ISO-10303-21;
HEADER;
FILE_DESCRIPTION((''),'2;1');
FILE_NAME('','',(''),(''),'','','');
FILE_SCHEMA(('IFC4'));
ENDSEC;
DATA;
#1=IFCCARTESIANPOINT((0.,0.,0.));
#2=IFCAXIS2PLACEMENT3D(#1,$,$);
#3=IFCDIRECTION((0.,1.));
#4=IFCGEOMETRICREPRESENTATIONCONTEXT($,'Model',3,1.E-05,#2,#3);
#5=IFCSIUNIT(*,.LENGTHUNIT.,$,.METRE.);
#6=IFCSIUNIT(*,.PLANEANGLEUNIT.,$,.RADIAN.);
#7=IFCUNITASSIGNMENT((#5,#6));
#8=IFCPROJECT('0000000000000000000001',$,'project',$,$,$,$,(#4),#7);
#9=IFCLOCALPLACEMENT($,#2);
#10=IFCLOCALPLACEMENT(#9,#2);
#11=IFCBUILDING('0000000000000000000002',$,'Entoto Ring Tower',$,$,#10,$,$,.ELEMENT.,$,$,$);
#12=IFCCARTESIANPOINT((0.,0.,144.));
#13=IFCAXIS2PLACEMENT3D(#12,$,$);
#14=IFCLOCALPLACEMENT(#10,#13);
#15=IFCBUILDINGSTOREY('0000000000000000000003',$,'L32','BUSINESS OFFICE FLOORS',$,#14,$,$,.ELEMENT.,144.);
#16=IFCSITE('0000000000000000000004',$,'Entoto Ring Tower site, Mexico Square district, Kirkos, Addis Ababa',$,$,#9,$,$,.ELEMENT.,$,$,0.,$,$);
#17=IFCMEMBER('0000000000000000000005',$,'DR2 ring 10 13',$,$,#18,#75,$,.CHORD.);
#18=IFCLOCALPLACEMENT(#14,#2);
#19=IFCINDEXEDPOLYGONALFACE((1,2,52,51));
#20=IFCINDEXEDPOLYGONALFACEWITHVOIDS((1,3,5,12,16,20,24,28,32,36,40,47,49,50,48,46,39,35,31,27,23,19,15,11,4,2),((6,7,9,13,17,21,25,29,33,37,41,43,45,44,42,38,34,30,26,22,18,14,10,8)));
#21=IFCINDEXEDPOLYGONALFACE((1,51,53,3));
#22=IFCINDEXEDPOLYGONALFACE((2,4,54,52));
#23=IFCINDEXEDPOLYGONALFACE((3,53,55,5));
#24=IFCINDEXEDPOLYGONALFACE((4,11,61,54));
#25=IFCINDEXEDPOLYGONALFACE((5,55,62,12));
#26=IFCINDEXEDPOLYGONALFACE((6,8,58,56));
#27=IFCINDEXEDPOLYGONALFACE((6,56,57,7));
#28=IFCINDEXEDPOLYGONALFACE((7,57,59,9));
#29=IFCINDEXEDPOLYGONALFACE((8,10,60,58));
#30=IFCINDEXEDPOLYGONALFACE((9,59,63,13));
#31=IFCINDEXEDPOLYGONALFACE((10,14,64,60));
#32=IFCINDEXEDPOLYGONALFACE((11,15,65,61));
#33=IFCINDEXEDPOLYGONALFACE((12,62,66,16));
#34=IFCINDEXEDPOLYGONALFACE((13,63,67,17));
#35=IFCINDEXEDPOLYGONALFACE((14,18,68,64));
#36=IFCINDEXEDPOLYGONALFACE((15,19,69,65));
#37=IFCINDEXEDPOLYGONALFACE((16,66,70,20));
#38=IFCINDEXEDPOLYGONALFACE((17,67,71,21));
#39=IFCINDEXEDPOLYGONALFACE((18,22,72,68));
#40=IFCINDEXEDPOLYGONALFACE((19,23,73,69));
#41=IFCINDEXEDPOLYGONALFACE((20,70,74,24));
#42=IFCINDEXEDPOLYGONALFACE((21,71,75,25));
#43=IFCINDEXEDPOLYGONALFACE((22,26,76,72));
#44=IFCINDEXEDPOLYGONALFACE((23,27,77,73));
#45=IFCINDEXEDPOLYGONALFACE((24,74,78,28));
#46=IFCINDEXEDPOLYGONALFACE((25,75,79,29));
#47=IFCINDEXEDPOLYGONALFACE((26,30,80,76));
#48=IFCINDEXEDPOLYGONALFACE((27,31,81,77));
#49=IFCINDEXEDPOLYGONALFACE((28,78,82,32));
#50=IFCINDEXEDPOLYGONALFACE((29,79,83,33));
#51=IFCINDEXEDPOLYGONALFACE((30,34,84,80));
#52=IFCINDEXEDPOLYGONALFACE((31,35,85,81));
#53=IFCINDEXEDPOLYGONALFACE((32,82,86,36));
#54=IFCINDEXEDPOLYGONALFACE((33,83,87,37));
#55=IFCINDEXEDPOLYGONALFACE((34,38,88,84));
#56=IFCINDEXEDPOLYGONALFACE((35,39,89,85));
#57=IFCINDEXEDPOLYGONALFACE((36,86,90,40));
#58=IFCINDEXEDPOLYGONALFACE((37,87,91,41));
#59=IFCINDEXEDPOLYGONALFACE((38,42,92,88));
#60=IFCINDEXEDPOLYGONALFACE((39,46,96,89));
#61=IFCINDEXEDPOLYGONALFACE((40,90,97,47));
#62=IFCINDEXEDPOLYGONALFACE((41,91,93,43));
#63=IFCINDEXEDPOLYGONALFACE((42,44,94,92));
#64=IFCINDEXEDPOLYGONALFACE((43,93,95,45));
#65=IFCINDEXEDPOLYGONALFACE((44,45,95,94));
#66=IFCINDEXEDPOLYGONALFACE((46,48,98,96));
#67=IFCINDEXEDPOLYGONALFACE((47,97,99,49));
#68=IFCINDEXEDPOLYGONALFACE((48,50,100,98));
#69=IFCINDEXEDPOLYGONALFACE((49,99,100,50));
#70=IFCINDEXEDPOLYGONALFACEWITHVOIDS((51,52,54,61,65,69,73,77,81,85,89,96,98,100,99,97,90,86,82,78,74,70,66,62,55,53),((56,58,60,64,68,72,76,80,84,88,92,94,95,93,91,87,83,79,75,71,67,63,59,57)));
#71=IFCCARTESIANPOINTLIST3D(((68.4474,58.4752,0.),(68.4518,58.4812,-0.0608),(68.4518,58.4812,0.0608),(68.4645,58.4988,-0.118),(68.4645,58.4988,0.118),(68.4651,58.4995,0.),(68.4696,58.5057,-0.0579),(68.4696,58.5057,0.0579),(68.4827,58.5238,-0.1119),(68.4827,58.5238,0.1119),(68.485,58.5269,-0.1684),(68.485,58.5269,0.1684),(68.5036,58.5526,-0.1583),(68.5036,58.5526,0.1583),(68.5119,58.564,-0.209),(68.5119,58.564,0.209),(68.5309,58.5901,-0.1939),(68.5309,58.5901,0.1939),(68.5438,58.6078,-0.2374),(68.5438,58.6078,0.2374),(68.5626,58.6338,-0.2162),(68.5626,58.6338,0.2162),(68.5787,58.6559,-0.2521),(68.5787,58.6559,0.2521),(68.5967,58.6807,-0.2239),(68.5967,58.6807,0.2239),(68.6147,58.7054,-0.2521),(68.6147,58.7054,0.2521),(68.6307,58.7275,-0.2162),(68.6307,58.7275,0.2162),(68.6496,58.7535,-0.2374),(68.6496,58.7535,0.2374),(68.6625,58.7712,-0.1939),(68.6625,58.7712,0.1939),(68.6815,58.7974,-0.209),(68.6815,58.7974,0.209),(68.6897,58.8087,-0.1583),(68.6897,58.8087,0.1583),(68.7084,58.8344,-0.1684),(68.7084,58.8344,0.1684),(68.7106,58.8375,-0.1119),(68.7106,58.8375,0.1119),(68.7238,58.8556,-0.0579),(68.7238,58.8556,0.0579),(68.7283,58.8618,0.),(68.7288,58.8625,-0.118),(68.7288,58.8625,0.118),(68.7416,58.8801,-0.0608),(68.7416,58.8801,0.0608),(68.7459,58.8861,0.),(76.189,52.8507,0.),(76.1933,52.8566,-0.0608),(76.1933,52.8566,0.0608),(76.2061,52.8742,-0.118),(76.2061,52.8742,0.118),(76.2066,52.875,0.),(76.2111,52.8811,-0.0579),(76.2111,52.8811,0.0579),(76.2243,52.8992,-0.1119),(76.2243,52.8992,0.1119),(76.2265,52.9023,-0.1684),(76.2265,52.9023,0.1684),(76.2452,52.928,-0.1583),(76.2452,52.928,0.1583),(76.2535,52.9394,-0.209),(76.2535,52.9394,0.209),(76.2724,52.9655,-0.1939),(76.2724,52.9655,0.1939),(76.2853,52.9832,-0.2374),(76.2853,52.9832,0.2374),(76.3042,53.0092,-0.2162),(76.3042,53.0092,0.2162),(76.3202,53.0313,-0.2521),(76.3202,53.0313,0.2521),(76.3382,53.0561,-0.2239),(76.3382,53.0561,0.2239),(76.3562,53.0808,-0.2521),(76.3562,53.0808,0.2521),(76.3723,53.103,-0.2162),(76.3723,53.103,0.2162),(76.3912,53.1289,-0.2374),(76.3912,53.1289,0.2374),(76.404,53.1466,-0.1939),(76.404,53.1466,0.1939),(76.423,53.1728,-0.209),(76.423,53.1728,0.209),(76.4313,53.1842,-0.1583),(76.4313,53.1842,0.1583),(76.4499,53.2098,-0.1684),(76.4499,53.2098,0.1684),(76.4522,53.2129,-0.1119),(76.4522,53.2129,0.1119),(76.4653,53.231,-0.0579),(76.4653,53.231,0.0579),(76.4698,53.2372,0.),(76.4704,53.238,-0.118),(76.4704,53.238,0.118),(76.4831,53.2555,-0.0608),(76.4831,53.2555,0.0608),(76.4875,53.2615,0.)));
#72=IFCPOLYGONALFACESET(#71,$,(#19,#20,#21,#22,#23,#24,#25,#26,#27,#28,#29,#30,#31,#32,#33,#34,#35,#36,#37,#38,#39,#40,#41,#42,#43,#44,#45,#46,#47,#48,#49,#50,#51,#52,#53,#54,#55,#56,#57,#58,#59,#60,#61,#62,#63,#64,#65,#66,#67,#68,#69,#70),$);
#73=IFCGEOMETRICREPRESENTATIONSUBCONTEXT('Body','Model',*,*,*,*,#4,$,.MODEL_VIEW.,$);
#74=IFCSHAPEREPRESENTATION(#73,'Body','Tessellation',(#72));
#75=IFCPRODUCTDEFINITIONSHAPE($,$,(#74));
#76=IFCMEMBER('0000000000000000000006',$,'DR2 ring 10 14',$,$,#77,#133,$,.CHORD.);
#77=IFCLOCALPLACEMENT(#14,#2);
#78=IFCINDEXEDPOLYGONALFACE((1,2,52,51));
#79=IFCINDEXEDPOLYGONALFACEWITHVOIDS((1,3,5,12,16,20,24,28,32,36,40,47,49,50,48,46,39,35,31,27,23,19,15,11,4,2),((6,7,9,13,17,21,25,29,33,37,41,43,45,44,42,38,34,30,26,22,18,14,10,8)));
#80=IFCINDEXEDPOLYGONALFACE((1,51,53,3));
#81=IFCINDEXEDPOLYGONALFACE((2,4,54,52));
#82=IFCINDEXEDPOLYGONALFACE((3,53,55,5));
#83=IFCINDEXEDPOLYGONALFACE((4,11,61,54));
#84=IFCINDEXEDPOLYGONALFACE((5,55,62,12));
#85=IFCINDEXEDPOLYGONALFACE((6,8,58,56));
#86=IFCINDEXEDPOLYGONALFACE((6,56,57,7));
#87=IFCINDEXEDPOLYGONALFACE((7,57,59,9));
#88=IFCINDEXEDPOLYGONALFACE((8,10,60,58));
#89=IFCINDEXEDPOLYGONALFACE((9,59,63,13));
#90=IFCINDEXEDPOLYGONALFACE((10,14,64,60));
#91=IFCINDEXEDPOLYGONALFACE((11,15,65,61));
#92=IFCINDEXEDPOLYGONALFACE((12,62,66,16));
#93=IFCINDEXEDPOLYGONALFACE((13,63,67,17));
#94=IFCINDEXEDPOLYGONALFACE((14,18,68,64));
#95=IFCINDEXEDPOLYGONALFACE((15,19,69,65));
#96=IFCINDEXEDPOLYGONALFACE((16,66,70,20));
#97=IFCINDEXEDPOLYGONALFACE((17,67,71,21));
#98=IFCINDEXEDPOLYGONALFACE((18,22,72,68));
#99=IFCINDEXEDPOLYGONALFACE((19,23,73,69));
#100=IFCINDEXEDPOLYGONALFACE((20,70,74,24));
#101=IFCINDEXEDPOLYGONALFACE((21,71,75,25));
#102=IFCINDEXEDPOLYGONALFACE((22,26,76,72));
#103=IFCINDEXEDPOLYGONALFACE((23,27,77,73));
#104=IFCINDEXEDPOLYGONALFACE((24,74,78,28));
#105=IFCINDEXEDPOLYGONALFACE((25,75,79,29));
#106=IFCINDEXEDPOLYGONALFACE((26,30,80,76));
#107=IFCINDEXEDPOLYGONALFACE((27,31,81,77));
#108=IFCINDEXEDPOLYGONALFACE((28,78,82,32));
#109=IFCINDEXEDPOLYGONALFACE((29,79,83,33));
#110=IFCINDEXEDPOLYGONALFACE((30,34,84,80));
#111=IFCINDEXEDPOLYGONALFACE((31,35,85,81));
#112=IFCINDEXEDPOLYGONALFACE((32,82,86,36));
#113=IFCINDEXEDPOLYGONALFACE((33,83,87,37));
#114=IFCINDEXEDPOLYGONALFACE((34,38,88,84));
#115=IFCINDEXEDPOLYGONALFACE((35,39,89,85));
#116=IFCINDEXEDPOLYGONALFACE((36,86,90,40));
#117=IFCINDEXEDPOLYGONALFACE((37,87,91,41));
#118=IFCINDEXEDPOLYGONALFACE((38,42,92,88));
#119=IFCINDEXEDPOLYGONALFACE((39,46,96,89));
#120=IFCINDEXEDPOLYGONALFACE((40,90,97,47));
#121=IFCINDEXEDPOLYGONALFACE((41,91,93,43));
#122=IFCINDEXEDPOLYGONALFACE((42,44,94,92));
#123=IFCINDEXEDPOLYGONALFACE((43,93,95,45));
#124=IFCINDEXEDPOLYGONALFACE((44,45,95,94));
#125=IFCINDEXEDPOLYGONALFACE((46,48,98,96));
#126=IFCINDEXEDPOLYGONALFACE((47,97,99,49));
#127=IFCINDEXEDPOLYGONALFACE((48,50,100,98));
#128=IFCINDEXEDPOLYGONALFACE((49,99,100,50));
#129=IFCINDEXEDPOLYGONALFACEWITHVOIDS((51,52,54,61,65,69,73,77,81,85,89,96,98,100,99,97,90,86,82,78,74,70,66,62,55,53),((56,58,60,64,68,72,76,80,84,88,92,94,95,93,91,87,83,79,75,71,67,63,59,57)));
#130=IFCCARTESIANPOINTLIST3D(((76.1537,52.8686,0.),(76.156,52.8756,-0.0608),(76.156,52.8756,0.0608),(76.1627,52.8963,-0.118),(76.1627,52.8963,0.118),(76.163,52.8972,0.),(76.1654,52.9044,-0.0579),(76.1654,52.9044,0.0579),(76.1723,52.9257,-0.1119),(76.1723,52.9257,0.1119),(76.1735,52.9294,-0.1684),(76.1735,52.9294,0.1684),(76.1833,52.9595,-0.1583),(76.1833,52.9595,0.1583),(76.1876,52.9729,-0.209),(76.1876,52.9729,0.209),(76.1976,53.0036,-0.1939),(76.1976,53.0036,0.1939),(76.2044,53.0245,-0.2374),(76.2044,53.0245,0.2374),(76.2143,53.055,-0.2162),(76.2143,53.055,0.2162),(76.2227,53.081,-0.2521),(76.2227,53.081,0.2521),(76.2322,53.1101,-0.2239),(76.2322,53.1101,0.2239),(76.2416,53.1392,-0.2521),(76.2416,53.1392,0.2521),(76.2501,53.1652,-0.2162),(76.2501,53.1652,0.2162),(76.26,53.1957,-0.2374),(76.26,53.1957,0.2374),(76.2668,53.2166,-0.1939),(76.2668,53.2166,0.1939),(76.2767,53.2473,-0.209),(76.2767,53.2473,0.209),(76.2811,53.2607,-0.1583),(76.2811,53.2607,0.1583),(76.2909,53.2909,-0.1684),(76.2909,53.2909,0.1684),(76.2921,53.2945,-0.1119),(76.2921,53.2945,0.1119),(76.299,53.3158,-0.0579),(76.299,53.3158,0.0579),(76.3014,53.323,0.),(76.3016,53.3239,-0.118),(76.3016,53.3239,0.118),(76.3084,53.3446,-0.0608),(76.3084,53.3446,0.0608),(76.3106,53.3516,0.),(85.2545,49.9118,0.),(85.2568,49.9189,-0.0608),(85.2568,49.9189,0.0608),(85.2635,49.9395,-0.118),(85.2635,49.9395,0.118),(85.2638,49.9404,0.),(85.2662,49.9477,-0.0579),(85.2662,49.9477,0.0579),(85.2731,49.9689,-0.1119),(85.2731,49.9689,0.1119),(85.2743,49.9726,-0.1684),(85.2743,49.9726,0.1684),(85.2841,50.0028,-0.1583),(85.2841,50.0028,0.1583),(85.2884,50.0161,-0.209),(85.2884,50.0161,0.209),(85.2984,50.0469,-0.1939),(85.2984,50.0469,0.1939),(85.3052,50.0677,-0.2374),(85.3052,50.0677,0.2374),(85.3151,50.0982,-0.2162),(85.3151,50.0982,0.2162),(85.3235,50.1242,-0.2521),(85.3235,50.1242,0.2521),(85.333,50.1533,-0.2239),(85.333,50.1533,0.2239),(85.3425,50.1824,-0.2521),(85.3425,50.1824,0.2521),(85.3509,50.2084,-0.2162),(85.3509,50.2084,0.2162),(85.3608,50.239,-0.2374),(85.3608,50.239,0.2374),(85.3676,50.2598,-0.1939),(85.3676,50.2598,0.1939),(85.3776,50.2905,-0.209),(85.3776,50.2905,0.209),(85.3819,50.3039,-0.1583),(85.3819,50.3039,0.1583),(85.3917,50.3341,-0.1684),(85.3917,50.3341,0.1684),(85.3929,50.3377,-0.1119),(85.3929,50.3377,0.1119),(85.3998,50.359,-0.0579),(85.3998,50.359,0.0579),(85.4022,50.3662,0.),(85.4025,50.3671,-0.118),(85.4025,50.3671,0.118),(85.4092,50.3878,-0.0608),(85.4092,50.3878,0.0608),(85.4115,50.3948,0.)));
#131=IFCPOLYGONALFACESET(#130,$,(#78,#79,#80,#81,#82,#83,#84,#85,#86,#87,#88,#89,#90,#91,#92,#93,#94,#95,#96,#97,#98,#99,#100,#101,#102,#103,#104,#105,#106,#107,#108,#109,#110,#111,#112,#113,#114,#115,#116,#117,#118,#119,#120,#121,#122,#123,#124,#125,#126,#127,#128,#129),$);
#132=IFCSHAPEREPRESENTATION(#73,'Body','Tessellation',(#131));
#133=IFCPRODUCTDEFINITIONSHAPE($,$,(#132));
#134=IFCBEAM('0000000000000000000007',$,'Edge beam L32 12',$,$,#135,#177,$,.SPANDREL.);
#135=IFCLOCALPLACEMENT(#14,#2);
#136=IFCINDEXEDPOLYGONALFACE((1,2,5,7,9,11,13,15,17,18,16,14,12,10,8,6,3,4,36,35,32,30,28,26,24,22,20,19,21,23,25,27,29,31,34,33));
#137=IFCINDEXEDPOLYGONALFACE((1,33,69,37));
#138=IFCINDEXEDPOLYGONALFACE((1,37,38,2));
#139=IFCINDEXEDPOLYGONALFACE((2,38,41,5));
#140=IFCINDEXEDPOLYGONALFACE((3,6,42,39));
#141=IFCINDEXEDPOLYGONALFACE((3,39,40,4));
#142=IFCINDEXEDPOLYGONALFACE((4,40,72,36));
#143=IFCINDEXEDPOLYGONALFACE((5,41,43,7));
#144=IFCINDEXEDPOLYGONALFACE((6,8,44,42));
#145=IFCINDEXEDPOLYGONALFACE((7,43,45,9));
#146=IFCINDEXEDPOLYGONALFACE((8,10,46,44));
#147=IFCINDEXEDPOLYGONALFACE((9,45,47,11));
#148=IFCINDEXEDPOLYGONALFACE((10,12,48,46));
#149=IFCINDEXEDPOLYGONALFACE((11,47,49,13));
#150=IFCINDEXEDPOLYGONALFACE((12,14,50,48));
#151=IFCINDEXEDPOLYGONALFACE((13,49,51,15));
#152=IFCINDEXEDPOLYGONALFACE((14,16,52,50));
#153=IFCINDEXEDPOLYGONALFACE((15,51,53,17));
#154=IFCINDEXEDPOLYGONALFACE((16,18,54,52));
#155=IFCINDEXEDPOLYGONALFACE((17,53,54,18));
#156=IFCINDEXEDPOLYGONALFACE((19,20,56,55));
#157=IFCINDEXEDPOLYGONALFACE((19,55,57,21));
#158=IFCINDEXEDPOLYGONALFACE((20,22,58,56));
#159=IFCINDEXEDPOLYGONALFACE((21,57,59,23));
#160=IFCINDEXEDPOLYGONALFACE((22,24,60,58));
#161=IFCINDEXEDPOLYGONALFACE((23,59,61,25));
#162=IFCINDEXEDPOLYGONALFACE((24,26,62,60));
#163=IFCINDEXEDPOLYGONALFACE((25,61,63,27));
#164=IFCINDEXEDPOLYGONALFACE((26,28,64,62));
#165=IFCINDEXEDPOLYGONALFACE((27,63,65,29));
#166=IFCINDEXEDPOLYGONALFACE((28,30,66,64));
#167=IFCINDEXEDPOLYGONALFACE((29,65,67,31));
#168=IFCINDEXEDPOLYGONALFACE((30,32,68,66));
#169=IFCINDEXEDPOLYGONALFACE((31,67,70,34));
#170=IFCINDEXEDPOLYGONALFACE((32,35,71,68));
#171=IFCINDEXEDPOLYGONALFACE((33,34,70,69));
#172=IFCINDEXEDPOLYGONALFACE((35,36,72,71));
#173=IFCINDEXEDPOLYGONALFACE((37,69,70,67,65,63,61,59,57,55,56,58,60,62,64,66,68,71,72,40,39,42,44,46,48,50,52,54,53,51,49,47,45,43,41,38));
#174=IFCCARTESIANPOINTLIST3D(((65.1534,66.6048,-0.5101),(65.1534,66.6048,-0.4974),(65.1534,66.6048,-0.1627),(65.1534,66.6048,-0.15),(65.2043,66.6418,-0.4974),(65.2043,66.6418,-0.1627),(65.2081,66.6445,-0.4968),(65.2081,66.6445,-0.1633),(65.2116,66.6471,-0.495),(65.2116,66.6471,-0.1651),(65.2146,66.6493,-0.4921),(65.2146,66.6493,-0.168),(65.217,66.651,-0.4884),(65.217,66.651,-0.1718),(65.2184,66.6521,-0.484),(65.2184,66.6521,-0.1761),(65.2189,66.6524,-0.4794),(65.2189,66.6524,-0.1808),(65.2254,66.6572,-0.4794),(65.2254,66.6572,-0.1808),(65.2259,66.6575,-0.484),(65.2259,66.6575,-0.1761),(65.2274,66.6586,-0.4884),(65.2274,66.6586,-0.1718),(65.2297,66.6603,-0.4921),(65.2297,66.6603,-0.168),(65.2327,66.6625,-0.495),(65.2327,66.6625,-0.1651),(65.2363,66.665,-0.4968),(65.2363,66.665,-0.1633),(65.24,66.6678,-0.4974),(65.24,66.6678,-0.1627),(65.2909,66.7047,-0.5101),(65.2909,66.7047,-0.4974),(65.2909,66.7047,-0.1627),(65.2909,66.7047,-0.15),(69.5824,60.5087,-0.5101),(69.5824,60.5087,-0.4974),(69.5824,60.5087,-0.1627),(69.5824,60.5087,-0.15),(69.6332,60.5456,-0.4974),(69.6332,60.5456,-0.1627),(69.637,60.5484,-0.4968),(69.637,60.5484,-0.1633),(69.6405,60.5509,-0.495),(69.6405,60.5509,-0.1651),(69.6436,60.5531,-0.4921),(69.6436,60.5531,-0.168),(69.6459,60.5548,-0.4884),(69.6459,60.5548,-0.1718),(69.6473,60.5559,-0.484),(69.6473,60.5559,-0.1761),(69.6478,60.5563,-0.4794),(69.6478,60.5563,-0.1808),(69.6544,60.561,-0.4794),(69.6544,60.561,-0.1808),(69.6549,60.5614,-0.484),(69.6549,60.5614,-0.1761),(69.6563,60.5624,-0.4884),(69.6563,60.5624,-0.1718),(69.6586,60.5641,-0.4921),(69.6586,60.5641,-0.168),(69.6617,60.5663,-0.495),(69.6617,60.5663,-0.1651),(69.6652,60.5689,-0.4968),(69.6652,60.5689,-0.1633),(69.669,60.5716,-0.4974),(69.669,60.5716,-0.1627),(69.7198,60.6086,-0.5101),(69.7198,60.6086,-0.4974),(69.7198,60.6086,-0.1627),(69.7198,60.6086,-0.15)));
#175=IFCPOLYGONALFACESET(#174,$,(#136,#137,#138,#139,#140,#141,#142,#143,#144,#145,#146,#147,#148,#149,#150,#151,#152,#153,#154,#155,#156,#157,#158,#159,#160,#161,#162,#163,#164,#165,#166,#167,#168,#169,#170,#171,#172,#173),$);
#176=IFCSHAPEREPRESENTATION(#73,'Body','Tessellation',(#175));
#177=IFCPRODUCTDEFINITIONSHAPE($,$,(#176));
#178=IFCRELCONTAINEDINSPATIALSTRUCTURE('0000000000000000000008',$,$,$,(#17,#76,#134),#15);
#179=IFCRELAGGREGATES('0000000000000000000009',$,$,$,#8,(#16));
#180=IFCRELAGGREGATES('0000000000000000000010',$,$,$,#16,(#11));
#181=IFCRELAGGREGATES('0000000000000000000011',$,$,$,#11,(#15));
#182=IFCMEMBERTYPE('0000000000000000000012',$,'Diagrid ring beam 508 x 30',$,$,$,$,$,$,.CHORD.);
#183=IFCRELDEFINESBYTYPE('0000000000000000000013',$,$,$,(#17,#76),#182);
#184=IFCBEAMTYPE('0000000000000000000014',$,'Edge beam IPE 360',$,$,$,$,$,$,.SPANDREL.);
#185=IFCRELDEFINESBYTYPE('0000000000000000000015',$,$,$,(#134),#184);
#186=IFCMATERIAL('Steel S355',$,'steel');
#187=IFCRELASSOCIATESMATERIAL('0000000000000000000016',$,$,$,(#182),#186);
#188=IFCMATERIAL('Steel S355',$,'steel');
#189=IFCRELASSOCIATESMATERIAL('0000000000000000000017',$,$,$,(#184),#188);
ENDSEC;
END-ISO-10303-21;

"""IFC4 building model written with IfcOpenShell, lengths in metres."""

from ifc_helpers import new_model, si_unit, direction, frame, origin, origin_2d, place, context, subcontext, project, spatial, circle, hollow_circle, i_section, extrude, material, material_profile, profile_set, type_object, element, save


model = new_model("IFC4")

# Units and contexts
model_context = context("Model", 3, precision=1e-05, world=origin(), true_north=direction((0.0, 1.0)))
body_context = subcontext(model_context, "Body", "Model", "MODEL_VIEW")
ifc_project = project(units=[si_unit("LENGTHUNIT", "METRE"), si_unit("PLANEANGLEUNIT", "RADIAN")], contexts=[model_context])

# Site, building, storey
site_placement = place(None, origin())
site = spatial("IfcSite", under=ifc_project, at=site_placement, Name="Entoto Ring Tower site, Mexico Square district, Kirkos, Addis Ababa", CompositionType="ELEMENT", RefElevation=0.0)
building_placement = place(site_placement, origin())
building = spatial("IfcBuilding", under=site, at=building_placement, Name="Entoto Ring Tower", CompositionType="ELEMENT")
storey_placement = place(building_placement, frame((0.0, 0.0, 144.0)))
storey = spatial("IfcBuildingStorey", under=building, at=storey_placement, Name="L32", Description="BUSINESS OFFICE FLOORS", CompositionType="ELEMENT", Elevation=144.0)

# Members
ifc_material_1 = material(Name="Steel S355", Category="steel")
ifc_material_profile_1 = material_profile(ifc_material_1, hollow_circle(Radius=0.2539, WallThickness=0.03, at=origin_2d()), Name="CHS 508 x 30")
ifc_material_2 = material(Name="Concrete C60/75", Category="concrete")
ifc_material_profile_2 = material_profile(ifc_material_2, circle(Radius=0.2241, at=origin_2d()), Name="Concrete C60/75 infill")
ifc_profile_set_1 = profile_set([ifc_material_profile_1, ifc_material_profile_2], Name="Steel S355")
member_type_1 = type_object("IfcMemberType", Name="Diagrid ring beam 508 x 30", PredefinedType="CHORD", material=ifc_profile_set_1)
for number, where, z_axis, x_axis, name in (
    (1, (68.5967, 58.6807, 0.0), (0.809016, -0.587786, 0.0), (0.587786, 0.809016, 0.0), "DR2 ring 10 13"),
    (2, (76.2322, 53.1101, 0.0), (0.951064, -0.308993, 0.0), (0.308993, 0.951064, 0.0), "DR2 ring 10 14"),
):
    element("IfcMember", number, at=place(storey_placement, frame(where, z_axis=z_axis, x_axis=x_axis)), inside=storey, type_object=member_type_1, Name=name, PredefinedType="CHORD", context=body_context, shape_type="SweptSolid", body=[
        extrude(hollow_circle(Radius=0.2539, WallThickness=0.03, at=origin_2d()), origin(), (0.0, 0.0, 1.0), 9.5691),
    ])

# Beam
ifc_material_3 = material(Name="Steel S355", Category="steel")
ifc_material_profile_3 = material_profile(ifc_material_3, i_section(OverallWidth=0.1699, OverallDepth=0.3601, WebThickness=0.0081, FlangeThickness=0.0127, FilletRadius=0.0181, at=origin_2d()), Name="IPE 360")
ifc_profile_set_2 = profile_set([ifc_material_profile_3], Name="Steel S355")
beam_type = type_object("IfcBeamType", Name="Edge beam IPE 360", PredefinedType="SPANDREL", material=ifc_profile_set_2)
for number, where, z_axis, x_axis, name in (
    (3, (65.2222, 66.6548, -0.3301), (0.587769, -0.809029, 0.0), (0.809029, 0.587769, 0.0), "Edge beam L32 12"),
):
    element("IfcBeam", number, at=place(storey_placement, frame(where, z_axis=z_axis, x_axis=x_axis)), inside=storey, type_object=beam_type, Name=name, PredefinedType="SPANDREL", context=body_context, shape_type="SweptSolid", body=[
        extrude(i_section(OverallWidth=0.1699, OverallDepth=0.3601, WebThickness=0.0081, FlangeThickness=0.0127, FilletRadius=0.0181, at=origin_2d()), origin(), (0.0, 0.0, 1.0), 7.5352),
    ])

save(model, "model.ifc")
